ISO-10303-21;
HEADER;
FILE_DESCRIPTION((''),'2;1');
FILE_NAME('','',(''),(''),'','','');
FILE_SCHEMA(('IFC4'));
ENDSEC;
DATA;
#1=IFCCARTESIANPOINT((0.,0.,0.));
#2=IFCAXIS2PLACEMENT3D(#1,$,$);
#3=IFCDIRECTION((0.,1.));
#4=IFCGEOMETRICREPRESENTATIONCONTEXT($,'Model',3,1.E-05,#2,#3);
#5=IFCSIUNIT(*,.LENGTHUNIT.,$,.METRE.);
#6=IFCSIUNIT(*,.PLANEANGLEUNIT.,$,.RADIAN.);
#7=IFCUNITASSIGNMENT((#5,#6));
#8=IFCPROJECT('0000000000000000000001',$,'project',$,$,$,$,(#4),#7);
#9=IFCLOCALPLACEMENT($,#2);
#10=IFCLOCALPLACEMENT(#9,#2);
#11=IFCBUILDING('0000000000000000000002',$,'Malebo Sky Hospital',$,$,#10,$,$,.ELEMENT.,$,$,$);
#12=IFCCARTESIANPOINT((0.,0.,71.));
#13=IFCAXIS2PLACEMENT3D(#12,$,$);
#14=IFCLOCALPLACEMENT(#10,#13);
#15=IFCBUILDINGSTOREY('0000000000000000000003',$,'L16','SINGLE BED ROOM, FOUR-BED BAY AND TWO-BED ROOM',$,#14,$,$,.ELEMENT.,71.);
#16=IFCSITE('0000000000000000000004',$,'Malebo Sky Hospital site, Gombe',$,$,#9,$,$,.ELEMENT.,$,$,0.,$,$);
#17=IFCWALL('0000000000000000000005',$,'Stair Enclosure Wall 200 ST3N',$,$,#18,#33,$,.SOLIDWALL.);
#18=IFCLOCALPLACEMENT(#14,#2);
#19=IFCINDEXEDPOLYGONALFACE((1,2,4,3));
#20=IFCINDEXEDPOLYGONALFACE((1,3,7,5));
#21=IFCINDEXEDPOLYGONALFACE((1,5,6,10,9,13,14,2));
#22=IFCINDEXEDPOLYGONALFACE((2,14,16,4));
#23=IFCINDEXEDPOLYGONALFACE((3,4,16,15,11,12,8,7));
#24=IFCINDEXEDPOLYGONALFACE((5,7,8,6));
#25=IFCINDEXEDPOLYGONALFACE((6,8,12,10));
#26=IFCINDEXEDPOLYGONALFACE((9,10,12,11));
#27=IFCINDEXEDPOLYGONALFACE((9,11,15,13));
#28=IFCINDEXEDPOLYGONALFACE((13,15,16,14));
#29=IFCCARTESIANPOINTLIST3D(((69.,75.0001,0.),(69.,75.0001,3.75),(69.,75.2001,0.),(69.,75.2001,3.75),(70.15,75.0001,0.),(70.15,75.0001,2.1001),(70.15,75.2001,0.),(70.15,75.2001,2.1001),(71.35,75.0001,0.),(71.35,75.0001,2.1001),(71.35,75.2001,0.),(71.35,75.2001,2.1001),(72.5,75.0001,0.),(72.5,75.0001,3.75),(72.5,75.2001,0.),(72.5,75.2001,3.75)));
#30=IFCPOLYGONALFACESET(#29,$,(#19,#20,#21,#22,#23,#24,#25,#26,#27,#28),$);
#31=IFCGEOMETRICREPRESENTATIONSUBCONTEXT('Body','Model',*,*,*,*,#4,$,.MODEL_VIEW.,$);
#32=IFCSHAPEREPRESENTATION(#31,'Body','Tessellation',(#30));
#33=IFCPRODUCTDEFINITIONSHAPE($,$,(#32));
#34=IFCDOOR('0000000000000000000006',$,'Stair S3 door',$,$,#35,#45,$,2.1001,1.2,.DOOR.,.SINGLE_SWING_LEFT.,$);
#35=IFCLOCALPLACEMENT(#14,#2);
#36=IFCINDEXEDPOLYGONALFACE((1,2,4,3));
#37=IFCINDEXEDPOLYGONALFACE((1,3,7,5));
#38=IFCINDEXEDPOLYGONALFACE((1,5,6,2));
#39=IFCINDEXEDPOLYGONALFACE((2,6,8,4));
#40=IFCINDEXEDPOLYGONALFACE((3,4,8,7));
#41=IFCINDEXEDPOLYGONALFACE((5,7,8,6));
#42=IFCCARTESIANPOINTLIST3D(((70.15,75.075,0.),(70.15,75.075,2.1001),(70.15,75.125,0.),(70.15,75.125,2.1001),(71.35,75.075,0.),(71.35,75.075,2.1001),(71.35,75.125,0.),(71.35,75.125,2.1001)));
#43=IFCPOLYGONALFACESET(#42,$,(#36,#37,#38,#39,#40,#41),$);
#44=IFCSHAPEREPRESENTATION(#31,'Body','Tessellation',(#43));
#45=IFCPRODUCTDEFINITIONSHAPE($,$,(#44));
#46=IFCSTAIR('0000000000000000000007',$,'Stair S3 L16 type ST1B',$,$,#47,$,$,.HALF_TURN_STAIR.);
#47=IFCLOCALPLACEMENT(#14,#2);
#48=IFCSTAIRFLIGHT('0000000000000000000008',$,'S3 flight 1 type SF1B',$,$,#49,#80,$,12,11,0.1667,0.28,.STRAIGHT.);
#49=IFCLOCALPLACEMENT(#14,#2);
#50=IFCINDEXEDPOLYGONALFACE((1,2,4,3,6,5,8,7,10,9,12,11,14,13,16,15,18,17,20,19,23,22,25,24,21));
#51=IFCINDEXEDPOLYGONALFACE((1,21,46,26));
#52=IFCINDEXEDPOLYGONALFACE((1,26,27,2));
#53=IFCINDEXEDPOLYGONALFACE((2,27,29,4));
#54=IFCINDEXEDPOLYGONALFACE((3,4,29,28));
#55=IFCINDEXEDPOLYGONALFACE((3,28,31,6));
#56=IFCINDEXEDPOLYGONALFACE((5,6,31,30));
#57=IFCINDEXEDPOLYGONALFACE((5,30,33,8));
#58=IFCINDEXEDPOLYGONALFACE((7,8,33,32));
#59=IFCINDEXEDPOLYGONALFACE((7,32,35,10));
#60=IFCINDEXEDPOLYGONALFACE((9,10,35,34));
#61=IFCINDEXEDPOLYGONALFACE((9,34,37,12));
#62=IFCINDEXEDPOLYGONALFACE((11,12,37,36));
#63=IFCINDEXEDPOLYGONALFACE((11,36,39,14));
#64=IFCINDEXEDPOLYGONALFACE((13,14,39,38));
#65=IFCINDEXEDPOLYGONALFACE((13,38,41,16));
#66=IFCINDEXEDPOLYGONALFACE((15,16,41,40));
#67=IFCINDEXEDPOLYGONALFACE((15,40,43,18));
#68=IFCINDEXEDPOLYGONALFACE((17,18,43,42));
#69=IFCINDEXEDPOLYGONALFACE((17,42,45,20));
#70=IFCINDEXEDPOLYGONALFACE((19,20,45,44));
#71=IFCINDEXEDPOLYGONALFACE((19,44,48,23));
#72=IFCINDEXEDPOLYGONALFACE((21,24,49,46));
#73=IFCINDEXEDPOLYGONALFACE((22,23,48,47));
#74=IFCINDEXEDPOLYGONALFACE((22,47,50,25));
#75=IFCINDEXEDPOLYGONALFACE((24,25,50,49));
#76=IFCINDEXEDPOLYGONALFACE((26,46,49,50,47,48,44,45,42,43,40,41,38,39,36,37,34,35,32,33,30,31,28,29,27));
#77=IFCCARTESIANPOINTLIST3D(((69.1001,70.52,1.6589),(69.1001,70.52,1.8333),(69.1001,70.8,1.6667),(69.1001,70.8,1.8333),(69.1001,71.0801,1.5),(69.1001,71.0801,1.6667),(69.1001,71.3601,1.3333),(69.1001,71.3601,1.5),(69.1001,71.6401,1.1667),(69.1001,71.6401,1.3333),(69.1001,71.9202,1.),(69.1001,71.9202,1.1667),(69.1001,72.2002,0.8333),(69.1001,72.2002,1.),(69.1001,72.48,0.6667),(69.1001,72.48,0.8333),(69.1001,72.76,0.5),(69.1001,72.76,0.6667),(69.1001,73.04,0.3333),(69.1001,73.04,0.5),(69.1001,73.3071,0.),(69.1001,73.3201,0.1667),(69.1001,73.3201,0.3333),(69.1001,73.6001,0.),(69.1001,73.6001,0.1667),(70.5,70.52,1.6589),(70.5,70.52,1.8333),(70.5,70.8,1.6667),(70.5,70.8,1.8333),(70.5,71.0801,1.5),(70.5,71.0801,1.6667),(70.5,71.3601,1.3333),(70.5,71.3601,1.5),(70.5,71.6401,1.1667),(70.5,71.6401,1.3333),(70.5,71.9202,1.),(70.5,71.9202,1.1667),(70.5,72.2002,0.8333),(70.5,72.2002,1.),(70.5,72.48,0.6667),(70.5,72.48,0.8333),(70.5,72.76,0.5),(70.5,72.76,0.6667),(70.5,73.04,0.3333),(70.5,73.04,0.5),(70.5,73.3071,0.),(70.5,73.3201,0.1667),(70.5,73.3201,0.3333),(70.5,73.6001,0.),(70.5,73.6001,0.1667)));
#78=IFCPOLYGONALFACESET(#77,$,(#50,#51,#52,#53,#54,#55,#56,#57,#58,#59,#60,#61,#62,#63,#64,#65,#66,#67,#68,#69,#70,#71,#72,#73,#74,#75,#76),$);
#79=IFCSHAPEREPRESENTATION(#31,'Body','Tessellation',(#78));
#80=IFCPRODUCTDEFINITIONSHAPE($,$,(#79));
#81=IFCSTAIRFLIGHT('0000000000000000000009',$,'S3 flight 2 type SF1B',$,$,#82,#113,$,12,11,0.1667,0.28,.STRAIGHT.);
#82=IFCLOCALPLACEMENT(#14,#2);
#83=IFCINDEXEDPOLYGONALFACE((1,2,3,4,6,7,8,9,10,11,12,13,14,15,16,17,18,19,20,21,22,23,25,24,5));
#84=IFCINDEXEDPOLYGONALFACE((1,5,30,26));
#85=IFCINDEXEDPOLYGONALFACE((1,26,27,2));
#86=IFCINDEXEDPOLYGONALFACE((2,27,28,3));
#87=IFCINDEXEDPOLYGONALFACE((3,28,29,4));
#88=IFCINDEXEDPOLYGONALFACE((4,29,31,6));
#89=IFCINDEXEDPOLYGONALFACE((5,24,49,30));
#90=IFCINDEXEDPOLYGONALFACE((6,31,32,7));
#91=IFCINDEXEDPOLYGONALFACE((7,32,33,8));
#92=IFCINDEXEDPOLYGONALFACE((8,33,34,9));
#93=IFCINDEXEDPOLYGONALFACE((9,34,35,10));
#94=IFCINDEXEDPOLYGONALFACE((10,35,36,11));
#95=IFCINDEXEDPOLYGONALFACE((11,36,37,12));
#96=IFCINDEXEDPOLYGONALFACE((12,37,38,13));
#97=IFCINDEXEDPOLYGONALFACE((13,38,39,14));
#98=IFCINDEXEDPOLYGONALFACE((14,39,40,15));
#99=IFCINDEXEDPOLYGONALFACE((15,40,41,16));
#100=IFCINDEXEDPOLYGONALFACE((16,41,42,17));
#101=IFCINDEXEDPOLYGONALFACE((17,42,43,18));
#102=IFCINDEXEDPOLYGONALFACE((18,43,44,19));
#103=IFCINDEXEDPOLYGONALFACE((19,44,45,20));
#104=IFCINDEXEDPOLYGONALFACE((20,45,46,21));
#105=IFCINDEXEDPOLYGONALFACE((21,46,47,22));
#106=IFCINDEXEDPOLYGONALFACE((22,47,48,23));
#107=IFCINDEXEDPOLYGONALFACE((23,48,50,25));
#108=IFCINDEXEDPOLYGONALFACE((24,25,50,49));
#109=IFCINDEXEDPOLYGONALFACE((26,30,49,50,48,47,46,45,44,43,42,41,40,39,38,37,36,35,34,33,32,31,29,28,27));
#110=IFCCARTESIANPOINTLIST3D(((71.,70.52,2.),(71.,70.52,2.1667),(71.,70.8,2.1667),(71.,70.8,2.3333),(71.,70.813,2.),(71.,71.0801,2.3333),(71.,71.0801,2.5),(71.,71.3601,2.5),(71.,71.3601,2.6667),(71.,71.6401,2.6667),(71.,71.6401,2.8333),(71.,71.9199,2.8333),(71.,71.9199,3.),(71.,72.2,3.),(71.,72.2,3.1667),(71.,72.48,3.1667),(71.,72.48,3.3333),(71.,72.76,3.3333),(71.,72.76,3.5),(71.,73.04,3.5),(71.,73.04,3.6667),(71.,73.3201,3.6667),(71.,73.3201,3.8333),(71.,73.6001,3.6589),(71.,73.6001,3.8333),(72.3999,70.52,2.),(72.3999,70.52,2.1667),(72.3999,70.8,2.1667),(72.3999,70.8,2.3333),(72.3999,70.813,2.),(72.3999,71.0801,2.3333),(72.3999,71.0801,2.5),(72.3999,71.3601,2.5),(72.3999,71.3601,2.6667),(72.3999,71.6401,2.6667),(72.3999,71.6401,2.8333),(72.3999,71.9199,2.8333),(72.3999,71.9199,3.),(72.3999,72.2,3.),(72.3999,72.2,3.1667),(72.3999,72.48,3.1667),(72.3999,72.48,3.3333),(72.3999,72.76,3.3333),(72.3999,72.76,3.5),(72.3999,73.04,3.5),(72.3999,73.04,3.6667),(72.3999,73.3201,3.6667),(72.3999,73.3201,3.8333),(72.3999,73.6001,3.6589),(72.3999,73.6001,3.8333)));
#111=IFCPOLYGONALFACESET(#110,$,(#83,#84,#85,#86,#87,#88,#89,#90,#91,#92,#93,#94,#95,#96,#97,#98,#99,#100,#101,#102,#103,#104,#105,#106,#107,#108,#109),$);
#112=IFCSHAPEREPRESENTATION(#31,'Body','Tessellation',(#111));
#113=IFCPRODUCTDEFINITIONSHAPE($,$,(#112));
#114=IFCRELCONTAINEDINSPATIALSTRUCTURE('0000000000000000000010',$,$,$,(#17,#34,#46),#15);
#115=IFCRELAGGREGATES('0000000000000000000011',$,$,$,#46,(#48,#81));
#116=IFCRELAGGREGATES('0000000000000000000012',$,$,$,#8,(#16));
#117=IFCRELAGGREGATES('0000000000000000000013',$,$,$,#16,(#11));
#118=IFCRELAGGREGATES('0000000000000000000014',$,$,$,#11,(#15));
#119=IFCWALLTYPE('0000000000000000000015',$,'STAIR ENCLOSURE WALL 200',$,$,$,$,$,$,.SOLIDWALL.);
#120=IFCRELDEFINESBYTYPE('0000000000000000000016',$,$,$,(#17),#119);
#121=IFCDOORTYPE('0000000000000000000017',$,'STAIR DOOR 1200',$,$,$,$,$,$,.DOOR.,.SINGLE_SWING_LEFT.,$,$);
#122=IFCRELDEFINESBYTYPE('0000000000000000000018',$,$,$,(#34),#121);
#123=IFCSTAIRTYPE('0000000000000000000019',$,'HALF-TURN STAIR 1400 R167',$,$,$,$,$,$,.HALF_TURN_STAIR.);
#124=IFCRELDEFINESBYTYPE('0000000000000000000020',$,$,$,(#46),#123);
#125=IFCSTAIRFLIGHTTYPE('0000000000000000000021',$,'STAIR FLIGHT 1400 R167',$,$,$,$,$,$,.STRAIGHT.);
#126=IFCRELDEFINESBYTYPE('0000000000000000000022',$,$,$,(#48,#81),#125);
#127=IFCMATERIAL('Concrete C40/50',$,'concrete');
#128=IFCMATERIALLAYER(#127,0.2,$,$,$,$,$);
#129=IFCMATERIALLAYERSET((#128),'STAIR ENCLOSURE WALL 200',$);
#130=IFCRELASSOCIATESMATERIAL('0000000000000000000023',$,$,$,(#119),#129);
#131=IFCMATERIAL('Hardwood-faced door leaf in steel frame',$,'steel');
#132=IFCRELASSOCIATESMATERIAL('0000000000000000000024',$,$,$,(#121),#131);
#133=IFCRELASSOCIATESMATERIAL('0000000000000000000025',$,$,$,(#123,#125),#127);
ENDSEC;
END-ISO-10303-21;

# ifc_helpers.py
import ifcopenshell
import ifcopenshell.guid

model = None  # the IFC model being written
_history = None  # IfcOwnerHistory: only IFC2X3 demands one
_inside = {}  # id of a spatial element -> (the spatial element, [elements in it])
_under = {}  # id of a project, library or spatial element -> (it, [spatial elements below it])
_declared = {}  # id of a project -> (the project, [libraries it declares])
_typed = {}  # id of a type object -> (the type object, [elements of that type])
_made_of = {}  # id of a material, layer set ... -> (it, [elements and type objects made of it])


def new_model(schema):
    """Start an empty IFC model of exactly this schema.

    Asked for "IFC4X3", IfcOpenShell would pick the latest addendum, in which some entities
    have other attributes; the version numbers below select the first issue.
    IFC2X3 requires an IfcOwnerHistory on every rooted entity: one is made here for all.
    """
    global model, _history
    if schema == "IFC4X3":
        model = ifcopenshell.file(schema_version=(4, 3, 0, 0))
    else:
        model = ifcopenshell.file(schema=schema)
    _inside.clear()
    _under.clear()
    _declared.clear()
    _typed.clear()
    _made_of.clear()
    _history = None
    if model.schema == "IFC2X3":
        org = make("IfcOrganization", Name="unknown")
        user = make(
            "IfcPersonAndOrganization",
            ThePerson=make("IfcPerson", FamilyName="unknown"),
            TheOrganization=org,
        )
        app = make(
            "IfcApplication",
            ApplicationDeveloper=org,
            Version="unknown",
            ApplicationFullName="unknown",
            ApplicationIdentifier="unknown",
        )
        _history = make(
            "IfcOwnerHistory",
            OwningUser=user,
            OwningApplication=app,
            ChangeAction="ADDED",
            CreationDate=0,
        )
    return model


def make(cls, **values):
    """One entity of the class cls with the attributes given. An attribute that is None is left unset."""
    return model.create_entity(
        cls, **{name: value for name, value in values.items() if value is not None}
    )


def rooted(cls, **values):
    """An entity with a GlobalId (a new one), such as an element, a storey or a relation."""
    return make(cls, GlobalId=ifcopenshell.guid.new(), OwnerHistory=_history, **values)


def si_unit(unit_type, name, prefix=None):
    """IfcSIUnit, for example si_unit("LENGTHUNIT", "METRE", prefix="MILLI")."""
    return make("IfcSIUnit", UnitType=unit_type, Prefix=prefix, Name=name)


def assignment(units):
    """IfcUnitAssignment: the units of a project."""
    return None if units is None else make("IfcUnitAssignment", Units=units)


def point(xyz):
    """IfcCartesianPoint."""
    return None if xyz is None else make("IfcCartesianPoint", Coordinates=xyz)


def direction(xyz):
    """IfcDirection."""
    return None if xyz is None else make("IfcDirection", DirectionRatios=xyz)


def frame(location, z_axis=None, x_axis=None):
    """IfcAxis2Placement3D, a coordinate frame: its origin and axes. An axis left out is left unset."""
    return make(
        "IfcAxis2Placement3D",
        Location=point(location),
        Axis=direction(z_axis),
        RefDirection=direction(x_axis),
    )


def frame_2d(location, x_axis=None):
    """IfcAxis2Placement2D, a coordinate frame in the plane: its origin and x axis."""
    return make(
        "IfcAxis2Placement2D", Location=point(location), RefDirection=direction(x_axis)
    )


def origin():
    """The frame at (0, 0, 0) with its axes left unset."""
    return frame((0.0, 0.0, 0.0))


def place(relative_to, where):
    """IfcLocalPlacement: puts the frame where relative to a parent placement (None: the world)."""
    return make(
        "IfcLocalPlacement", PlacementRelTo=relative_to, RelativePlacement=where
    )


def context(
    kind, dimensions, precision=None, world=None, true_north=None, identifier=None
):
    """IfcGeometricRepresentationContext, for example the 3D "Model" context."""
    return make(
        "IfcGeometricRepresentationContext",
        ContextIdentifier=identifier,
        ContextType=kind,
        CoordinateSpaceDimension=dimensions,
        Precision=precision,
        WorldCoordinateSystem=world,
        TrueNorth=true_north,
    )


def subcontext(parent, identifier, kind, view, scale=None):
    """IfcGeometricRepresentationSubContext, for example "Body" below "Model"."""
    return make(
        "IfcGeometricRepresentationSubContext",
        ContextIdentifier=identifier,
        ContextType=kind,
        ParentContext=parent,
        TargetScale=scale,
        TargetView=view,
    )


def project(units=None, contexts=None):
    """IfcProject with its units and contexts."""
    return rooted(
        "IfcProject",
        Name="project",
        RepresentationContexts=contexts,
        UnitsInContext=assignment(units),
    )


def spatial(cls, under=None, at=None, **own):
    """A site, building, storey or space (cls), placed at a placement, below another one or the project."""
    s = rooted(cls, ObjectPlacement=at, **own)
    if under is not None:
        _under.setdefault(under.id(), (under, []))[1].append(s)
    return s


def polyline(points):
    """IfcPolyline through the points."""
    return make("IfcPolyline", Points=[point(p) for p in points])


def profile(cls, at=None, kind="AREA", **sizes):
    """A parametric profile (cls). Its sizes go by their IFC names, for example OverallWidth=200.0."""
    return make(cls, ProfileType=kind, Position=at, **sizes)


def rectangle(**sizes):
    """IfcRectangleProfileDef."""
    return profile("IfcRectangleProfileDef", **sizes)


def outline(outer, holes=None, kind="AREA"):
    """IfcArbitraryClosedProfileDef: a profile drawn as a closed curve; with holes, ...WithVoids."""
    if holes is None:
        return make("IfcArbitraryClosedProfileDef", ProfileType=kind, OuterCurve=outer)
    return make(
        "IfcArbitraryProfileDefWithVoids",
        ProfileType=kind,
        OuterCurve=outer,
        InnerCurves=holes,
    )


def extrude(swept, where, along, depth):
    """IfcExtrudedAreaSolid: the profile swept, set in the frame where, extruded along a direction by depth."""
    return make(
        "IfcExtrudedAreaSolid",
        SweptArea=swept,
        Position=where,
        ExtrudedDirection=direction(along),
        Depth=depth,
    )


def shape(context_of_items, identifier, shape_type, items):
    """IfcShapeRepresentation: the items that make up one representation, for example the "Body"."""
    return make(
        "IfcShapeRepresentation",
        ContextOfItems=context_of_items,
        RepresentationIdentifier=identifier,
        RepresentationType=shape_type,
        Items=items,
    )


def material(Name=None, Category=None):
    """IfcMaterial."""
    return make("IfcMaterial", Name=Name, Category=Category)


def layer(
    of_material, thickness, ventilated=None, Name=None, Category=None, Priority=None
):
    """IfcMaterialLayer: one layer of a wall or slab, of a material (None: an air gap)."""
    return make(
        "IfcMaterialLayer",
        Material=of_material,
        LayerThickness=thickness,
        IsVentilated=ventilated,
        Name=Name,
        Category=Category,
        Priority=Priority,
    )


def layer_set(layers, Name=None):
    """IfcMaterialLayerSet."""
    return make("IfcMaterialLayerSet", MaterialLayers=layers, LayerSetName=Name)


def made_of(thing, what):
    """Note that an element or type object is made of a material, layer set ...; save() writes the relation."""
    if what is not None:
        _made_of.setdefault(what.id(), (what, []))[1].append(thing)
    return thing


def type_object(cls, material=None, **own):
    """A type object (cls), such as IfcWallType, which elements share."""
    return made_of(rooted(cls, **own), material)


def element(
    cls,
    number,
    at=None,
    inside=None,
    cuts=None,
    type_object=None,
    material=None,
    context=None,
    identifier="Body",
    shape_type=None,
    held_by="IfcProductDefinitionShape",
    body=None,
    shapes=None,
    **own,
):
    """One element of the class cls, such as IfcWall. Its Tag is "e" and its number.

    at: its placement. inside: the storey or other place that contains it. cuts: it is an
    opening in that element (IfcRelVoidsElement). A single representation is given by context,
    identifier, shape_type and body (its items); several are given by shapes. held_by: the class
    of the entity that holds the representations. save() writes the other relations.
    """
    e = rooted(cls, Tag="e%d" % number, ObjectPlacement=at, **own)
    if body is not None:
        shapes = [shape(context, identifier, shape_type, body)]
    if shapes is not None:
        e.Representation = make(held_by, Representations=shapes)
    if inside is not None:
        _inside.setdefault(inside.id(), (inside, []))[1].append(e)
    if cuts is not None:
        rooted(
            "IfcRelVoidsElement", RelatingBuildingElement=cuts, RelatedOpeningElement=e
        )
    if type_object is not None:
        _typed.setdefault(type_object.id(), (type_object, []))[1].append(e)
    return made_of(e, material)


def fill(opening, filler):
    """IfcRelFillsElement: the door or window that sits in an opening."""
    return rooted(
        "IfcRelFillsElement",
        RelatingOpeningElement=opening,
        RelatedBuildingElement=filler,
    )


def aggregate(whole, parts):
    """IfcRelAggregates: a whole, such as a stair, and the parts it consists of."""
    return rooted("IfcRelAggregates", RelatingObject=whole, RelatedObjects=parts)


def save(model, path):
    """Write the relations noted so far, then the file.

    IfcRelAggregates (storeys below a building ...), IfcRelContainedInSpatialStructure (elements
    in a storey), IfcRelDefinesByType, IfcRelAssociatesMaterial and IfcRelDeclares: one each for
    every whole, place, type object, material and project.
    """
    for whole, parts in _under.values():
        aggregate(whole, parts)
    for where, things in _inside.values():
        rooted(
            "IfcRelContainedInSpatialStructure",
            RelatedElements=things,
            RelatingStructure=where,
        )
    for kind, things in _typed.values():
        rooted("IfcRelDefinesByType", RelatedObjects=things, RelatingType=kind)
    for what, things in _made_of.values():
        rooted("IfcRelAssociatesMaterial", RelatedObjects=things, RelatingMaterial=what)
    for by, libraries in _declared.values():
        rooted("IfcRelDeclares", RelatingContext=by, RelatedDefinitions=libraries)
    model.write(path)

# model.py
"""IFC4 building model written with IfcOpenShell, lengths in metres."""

from ifc_helpers import new_model, si_unit, direction, frame, frame_2d, origin, place, context, subcontext, project, spatial, polyline, rectangle, outline, extrude, material, layer, layer_set, type_object, element, fill, aggregate, save


model = new_model("IFC4")

# Units and contexts
model_context = context("Model", 3, precision=1e-05, world=origin(), true_north=direction((0.0, 1.0)))
body_context = subcontext(model_context, "Body", "Model", "MODEL_VIEW")
ifc_project = project(units=[si_unit("LENGTHUNIT", "METRE"), si_unit("PLANEANGLEUNIT", "RADIAN")], contexts=[model_context])

# Site, building, storey
site_placement = place(None, origin())
site = spatial("IfcSite", under=ifc_project, at=site_placement, Name="Malebo Sky Hospital site, Gombe", CompositionType="ELEMENT", RefElevation=0.0)
building_placement = place(site_placement, origin())
building = spatial("IfcBuilding", under=site, at=building_placement, Name="Malebo Sky Hospital", CompositionType="ELEMENT")
storey_placement = place(building_placement, frame((0.0, 0.0, 71.0)))
storey = spatial("IfcBuildingStorey", under=building, at=storey_placement, Name="L16", Description="SINGLE BED ROOM, FOUR-BED BAY AND TWO-BED ROOM", CompositionType="ELEMENT", Elevation=71.0)

# Shared definitions
ifc_material_1 = material(Name="Hardwood-faced door leaf in steel frame", Category="steel")

# Shared definitions
ifc_material_2 = material(Name="Concrete C40/50", Category="concrete")
ifc_layer_1 = layer(ifc_material_2, 0.2)
ifc_layer_set_1 = layer_set([ifc_layer_1], Name="STAIR ENCLOSURE WALL 200")
wall_type_1 = type_object("IfcWallType", Name="STAIR ENCLOSURE WALL 200", PredefinedType="SOLIDWALL", material=ifc_layer_set_1)

# Wall, opening, door
wall_1_placement = place(storey_placement, frame((69.0, 75.1001, 0.0), z_axis=(0.0, 0.0, 1.0), x_axis=(1.0, 0.0, 0.0)))
wall_1 = element("IfcWall", 1, at=wall_1_placement, inside=storey, type_object=wall_type_1, Name="Stair Enclosure Wall 200 ST3N", PredefinedType="SOLIDWALL", context=body_context, shape_type="SweptSolid", body=[
    extrude(rectangle(XDim=3.5, YDim=0.2, at=frame_2d((1.75, 0.0))), origin(), (0.0, 0.0, 1.0), 3.75),
])
opening_1_placement = place(wall_1_placement, frame((1.1499, 0.0, 0.0)))
opening_1 = element("IfcOpeningElement", 2, at=opening_1_placement, cuts=wall_1, PredefinedType="OPENING", context=body_context, shape_type="SweptSolid", body=[
    extrude(rectangle(XDim=1.2, YDim=2.1001, at=frame_2d((0.6001, 1.05))), frame((0.0, 0.1099, 0.0), z_axis=(0.0, -1.0, 0.0), x_axis=(1.0, 0.0, 0.0)), (0.0, 0.0, 1.0), 0.22),
])
door_type_1 = type_object("IfcDoorType", Name="STAIR DOOR 1200", OperationType="SINGLE_SWING_LEFT", PredefinedType="DOOR", material=ifc_material_1)
door_1_placement = place(opening_1_placement, origin())
door_1 = element("IfcDoor", 3, at=door_1_placement, inside=storey, type_object=door_type_1, Name="Stair S3 door", OperationType="SINGLE_SWING_LEFT", OverallHeight=2.1001, OverallWidth=1.2, PredefinedType="DOOR", context=body_context, shape_type="SweptSolid", body=[
    extrude(rectangle(XDim=1.2, YDim=2.1001, at=frame_2d((0.6001, 1.05))), frame((0.0, 0.0249, 0.0), z_axis=(0.0, -1.0, 0.0), x_axis=(1.0, 0.0, 0.0)), (0.0, 0.0, 1.0), 0.05),
])
fill(opening_1, door_1)

# Stair, stair flights
stair_type = type_object("IfcStairType", Name="HALF-TURN STAIR 1400 R167", PredefinedType="HALF_TURN_STAIR", material=ifc_material_2)
stair_placement = place(storey_placement, origin())
stair = element("IfcStair", 4, at=stair_placement, inside=storey, type_object=stair_type, Name="Stair S3 L16 type ST1B", PredefinedType="HALF_TURN_STAIR")
stair_flight_type = type_object("IfcStairFlightType", Name="STAIR FLIGHT 1400 R167", PredefinedType="STRAIGHT", material=ifc_material_2)
stair_flight_1_placement = place(storey_placement, frame((69.8, 73.6001, 0.0), z_axis=(0.0, 0.0, 1.0), x_axis=(0.0, -1.0, 0.0)))
stair_flight_1 = element("IfcStairFlight", 5, at=stair_flight_1_placement, type_object=stair_flight_type, Name="S3 flight 1 type SF1B", NumberOfRisers=12, NumberOfTreads=11, PredefinedType="STRAIGHT", RiserHeight=0.1667, TreadLength=0.28, context=body_context, shape_type="SweptSolid", body=[
    extrude(outline(polyline([(0.0, 0.0), (0.0, 0.1667), (0.28, 0.1667), (0.28, 0.3333), (0.5601, 0.3333), (0.5601, 0.5), (0.8401, 0.5), (0.8401, 0.6667), (1.1201, 0.6667), (1.1201, 0.8333), (1.3999, 0.8333), (1.3999, 1.0), (1.6799, 1.0), (1.6799, 1.1667), (1.96, 1.1667), (1.96, 1.3333), (2.24, 1.3333), (2.24, 1.5), (2.52, 1.5), (2.52, 1.6667), (2.8, 1.6667), (2.8, 1.8333), (3.0801, 1.8333), (3.0801, 2.0), (3.0801, 1.6589), (0.293, 0.0), (0.0, 0.0)])), frame((0.0, 0.7, 0.0), z_axis=(0.0, -1.0, 0.0), x_axis=(1.0, 0.0, 0.0)), (0.0, 0.0, 1.0), 1.3999),
])
stair_flight_2_placement = place(storey_placement, frame((71.7, 70.52, 2.0), z_axis=(0.0, 0.0, 1.0), x_axis=(0.0, 1.0, 0.0)))
stair_flight_2 = element("IfcStairFlight", 6, at=stair_flight_2_placement, type_object=stair_flight_type, Name="S3 flight 2 type SF1B", NumberOfRisers=12, NumberOfTreads=11, PredefinedType="STRAIGHT", RiserHeight=0.1667, TreadLength=0.28, context=body_context, shape_type="SweptSolid", body=[
    extrude(outline(polyline([(0.0, 0.0), (0.0, 0.1667), (0.28, 0.1667), (0.28, 0.3333), (0.5601, 0.3333), (0.5601, 0.5), (0.8401, 0.5), (0.8401, 0.6667), (1.1201, 0.6667), (1.1201, 0.8333), (1.3999, 0.8333), (1.3999, 1.0), (1.6799, 1.0), (1.6799, 1.1667), (1.96, 1.1667), (1.96, 1.3333), (2.24, 1.3333), (2.24, 1.5), (2.52, 1.5), (2.52, 1.6667), (2.8, 1.6667), (2.8, 1.8333), (3.0801, 1.8333), (3.0801, 2.0), (3.0801, 1.6589), (0.293, 0.0), (0.0, 0.0)])), frame((0.0, 0.7, 0.0), z_axis=(0.0, -1.0, 0.0), x_axis=(1.0, 0.0, 0.0)), (0.0, 0.0, 1.0), 1.3999),
])
aggregate(stair, [stair_flight_1, stair_flight_2])

save(model, "model.ifc")
